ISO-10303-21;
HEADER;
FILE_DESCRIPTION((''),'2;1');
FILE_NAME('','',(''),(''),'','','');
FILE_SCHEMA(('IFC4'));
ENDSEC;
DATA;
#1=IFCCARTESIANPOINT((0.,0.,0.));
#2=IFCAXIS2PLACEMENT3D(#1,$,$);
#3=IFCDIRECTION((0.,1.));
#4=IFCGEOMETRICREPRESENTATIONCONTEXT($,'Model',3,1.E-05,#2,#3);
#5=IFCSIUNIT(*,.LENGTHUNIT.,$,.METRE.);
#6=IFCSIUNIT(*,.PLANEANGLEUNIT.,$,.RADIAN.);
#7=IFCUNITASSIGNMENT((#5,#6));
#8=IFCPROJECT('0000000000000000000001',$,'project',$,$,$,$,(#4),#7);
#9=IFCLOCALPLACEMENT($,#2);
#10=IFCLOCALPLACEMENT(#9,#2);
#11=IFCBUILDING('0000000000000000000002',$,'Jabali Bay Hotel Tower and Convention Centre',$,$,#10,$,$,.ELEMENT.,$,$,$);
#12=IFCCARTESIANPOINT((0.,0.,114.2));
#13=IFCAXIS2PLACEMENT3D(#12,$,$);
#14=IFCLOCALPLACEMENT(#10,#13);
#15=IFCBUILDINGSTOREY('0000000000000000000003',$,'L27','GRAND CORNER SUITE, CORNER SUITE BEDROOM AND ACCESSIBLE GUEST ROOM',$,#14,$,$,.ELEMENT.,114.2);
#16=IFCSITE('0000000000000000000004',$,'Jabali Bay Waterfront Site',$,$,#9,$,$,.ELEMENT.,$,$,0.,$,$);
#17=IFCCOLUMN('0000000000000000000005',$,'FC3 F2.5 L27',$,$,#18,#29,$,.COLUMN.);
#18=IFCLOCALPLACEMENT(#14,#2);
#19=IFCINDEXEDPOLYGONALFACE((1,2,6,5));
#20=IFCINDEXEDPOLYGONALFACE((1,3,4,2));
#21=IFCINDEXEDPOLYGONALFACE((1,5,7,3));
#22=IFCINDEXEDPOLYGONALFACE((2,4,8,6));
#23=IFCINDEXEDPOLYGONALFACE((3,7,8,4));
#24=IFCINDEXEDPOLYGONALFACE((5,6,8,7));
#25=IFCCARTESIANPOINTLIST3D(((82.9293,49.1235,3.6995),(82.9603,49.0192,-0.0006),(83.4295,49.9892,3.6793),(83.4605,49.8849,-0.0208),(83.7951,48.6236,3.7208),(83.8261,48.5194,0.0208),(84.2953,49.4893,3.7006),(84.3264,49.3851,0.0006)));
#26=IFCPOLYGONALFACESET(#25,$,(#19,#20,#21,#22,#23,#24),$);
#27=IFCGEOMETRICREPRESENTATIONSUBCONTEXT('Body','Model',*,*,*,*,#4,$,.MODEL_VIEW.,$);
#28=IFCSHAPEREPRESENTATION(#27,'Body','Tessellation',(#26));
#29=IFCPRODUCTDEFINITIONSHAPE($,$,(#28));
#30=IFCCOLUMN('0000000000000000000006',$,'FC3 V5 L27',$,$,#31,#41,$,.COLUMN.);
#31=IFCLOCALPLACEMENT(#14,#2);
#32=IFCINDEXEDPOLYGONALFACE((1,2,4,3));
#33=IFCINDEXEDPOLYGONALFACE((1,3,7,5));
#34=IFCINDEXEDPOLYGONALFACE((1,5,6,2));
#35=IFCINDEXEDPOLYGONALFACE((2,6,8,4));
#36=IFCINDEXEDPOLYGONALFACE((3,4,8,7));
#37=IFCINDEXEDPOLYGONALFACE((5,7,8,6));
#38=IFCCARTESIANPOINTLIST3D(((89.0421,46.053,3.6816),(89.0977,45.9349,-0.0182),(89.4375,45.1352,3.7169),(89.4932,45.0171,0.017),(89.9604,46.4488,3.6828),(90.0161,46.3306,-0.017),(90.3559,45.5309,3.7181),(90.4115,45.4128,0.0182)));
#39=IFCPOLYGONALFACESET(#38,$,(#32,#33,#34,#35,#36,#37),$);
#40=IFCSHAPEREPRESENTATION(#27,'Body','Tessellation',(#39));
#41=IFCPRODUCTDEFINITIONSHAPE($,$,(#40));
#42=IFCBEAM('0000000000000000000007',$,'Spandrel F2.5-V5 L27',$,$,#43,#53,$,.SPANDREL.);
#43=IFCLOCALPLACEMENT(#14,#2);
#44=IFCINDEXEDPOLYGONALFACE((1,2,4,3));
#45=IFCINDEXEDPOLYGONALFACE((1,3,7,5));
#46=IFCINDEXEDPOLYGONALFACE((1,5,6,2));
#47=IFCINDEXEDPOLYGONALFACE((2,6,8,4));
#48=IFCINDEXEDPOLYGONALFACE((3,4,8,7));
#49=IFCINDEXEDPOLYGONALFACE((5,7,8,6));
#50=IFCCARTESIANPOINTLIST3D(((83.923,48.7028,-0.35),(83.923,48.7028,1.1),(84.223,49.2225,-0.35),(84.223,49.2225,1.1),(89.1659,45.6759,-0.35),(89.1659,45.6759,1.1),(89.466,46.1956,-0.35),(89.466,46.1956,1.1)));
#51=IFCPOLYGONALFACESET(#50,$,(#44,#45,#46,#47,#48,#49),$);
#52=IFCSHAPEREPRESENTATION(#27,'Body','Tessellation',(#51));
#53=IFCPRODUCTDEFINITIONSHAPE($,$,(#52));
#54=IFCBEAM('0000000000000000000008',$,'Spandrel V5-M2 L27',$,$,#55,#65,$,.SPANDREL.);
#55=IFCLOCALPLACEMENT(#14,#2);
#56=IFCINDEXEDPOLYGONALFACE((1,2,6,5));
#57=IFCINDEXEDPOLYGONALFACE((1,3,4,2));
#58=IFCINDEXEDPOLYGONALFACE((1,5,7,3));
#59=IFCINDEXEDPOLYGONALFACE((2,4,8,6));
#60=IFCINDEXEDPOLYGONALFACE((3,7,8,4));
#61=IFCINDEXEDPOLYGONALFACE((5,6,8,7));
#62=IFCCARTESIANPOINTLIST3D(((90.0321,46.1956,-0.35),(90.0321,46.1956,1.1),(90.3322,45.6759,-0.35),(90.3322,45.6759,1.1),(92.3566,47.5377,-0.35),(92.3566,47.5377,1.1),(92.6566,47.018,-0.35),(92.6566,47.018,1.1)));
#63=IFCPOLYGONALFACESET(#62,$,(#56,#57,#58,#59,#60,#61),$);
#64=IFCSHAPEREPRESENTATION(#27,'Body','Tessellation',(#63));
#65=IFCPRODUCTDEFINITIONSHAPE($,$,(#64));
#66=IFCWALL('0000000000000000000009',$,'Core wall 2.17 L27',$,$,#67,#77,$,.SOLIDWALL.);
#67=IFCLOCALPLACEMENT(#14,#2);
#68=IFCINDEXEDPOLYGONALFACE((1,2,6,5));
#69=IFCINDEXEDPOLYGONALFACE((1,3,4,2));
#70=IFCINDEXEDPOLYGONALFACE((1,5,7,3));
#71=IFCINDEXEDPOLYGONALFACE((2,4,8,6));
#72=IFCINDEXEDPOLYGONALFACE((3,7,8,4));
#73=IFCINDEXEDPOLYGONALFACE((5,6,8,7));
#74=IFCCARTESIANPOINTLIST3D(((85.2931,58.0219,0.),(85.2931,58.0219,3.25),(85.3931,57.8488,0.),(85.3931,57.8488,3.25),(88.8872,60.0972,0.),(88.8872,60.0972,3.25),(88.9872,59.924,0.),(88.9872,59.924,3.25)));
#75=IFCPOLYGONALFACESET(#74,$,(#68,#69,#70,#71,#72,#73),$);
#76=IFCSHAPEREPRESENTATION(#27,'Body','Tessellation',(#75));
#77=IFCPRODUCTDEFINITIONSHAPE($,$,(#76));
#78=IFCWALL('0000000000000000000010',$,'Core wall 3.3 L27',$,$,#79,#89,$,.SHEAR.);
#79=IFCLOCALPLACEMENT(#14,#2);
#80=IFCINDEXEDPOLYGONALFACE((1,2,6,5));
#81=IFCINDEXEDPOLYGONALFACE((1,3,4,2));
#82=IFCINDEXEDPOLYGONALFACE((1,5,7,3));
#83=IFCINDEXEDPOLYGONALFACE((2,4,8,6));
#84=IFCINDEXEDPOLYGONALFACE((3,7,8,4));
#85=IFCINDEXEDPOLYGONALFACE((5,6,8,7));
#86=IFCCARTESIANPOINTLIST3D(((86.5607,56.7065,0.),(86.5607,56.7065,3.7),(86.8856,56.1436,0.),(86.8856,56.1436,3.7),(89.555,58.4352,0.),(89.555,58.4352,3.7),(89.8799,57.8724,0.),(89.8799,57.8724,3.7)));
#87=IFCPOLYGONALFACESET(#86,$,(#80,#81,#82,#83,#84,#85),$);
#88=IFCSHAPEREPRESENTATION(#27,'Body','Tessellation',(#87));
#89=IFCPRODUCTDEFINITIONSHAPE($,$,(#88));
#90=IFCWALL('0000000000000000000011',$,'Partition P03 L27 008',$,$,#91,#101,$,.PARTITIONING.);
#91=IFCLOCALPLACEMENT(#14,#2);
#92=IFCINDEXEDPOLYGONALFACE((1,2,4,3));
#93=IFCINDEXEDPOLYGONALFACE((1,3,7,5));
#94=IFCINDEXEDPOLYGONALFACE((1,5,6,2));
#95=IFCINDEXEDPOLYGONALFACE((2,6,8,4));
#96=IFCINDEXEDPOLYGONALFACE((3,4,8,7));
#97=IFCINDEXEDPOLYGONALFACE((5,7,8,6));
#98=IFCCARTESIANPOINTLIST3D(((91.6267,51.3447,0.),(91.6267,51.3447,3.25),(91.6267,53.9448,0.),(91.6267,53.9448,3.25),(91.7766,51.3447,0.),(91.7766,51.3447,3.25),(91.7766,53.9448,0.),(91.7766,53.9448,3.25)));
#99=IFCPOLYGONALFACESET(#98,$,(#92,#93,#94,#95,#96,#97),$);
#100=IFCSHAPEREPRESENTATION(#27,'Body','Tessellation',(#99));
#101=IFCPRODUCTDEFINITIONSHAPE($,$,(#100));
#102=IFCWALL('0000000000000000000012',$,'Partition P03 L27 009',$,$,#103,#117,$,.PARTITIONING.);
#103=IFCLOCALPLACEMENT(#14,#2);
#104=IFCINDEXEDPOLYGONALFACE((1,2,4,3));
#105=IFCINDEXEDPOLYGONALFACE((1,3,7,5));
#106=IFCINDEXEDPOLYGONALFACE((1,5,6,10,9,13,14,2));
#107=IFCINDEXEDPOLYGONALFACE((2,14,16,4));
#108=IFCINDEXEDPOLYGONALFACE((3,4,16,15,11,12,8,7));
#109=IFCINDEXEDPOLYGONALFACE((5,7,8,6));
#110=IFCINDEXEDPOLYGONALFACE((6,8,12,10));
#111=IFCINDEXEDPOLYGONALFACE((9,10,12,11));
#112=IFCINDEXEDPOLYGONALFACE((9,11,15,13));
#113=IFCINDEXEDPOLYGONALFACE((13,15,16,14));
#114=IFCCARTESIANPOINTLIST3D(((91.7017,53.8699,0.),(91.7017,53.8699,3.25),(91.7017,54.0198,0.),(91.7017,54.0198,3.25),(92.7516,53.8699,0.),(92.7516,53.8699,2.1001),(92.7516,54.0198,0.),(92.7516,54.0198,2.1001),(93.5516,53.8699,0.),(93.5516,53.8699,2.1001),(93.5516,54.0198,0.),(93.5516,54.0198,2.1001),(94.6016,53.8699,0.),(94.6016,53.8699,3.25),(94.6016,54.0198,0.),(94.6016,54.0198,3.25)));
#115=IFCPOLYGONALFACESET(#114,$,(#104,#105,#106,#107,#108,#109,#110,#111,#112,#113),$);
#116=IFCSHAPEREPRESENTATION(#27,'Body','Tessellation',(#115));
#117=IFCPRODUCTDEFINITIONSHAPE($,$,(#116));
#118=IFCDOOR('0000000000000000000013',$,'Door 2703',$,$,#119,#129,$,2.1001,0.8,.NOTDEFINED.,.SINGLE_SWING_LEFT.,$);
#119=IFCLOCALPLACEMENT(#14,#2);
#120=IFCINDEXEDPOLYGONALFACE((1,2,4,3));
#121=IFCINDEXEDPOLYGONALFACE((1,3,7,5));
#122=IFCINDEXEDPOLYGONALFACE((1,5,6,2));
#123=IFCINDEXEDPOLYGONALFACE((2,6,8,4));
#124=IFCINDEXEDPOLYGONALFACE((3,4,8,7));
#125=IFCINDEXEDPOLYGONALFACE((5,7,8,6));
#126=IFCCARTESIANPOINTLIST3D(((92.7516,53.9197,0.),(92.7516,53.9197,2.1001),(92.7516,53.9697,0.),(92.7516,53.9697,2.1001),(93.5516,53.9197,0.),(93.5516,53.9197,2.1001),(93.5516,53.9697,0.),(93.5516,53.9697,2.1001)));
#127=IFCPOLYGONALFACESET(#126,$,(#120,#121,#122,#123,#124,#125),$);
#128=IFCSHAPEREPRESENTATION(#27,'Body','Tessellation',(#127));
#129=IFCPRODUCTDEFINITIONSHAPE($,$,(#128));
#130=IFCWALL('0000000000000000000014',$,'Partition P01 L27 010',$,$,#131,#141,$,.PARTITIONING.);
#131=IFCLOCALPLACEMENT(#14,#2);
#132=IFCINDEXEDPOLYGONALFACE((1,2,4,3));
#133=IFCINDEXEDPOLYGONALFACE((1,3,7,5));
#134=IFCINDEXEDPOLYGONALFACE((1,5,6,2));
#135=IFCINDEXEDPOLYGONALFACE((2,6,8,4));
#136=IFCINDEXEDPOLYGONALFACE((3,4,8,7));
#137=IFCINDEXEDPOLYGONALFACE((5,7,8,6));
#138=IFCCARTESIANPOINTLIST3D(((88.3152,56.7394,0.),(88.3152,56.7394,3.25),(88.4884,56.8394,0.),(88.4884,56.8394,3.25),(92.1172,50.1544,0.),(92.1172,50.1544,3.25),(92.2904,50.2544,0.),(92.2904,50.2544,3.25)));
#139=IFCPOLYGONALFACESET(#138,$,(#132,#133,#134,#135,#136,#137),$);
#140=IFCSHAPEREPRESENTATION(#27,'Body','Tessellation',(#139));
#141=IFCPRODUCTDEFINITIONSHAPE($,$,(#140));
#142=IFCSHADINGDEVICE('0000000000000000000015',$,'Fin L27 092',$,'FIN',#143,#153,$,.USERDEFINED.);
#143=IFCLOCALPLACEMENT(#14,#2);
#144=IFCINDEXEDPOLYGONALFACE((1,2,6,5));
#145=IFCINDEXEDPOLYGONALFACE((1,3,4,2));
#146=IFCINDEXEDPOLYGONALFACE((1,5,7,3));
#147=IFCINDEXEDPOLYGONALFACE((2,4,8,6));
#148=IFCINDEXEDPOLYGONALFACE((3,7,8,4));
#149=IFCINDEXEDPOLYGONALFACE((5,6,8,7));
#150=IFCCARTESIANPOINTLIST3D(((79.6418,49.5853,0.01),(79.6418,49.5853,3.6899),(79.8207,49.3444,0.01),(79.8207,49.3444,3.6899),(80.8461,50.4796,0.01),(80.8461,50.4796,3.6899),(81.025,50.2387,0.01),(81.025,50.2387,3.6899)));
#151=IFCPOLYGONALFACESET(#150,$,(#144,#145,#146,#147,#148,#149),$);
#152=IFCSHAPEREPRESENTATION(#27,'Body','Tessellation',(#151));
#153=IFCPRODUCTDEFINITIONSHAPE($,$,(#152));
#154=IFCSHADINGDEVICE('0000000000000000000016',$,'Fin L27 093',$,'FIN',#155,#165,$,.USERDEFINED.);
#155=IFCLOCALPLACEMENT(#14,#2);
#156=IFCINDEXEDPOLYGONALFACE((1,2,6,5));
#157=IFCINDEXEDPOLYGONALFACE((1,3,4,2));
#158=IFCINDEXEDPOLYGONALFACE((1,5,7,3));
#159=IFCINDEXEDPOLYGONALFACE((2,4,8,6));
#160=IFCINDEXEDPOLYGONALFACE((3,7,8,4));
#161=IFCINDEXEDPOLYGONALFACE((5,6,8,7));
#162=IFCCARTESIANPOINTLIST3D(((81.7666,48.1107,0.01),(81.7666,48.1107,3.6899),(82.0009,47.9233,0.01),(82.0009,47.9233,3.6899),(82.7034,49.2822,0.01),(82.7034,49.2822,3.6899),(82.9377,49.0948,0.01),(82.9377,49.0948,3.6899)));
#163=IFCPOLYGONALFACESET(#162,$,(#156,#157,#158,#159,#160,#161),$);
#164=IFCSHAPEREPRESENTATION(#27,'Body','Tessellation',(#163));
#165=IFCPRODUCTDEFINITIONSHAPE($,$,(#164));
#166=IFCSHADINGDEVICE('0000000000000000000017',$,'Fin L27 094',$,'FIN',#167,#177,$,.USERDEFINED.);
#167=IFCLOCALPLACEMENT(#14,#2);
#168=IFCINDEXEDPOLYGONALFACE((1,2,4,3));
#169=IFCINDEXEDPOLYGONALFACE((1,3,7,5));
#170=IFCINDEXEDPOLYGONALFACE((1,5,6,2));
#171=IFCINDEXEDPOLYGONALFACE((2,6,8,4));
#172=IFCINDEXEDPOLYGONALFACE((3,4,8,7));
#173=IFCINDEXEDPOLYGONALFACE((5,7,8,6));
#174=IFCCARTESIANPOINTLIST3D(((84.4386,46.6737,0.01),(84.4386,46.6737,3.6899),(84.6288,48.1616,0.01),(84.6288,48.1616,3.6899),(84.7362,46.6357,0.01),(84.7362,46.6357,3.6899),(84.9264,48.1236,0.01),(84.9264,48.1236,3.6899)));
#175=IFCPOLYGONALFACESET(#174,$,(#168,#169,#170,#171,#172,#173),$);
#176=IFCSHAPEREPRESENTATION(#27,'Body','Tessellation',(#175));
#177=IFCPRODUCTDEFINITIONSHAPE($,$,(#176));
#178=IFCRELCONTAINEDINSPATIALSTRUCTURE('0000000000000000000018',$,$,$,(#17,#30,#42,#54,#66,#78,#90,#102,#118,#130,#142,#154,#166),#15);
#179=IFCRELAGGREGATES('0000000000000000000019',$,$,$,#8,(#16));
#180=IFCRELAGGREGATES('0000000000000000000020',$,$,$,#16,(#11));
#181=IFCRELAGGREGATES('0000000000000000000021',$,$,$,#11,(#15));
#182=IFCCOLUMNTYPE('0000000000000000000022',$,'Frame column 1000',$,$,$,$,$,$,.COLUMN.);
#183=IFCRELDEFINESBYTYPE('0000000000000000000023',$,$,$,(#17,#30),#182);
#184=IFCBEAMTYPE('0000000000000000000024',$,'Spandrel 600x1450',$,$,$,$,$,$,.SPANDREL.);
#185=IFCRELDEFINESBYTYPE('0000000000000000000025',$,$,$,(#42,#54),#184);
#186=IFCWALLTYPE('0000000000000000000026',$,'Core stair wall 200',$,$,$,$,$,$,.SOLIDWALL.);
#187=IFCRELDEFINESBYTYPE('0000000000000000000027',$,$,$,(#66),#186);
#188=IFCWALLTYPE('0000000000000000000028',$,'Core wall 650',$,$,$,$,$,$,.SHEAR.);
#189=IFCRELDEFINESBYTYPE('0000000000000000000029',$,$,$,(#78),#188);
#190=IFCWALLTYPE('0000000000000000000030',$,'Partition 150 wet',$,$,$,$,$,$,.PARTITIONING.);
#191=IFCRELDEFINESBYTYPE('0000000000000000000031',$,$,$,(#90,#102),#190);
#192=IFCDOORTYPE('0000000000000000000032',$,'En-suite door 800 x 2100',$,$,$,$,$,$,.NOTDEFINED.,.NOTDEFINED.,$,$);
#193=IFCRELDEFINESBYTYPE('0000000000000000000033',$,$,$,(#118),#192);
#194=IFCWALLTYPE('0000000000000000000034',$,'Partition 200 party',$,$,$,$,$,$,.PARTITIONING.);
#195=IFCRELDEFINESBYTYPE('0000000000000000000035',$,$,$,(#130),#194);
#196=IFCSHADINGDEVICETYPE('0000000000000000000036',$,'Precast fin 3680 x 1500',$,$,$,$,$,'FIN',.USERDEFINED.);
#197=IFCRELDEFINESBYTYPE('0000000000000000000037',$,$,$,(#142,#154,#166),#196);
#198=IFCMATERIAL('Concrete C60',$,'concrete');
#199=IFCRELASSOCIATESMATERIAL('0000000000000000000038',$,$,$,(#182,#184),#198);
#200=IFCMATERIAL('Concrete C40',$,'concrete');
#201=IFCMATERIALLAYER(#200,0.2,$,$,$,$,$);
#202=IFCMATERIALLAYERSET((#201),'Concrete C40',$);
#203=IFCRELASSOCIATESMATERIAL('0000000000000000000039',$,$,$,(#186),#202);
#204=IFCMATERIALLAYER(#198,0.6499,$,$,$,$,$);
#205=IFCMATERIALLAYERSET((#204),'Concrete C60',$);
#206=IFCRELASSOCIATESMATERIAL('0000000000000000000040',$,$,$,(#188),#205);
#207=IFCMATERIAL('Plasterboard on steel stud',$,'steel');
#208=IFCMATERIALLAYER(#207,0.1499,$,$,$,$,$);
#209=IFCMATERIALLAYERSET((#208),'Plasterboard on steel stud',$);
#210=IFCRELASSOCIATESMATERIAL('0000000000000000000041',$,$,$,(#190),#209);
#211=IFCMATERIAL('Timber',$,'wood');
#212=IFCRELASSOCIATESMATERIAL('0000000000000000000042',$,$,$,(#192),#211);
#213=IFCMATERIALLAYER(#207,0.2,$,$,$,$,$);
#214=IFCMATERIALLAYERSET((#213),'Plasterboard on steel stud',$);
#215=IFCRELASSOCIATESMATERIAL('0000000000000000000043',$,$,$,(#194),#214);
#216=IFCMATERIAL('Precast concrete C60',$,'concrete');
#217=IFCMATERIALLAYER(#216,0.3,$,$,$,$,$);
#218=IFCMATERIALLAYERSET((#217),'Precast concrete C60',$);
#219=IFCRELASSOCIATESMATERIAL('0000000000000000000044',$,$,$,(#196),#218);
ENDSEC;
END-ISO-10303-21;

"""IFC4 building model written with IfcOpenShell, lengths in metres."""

from ifc_helpers import new_model, si_unit, direction, frame, frame_2d, origin, origin_2d, place, context, subcontext, project, spatial, rectangle, extrude, material, layer, layer_set, material_profile, profile_set, type_object, element, fill, save


model = new_model("IFC4")

# Units and contexts
model_context = context("Model", 3, precision=1e-05, world=origin(), true_north=direction((0.0, 1.0)))
body_context = subcontext(model_context, "Body", "Model", "MODEL_VIEW")
ifc_project = project(units=[si_unit("LENGTHUNIT", "METRE"), si_unit("PLANEANGLEUNIT", "RADIAN")], contexts=[model_context])

# Site, building, storey
site_placement = place(None, origin())
site = spatial("IfcSite", under=ifc_project, at=site_placement, Name="Jabali Bay Waterfront Site", CompositionType="ELEMENT", RefElevation=0.0)
building_placement = place(site_placement, origin())
building = spatial("IfcBuilding", under=site, at=building_placement, Name="Jabali Bay Hotel Tower and Convention Centre", CompositionType="ELEMENT")
storey_placement = place(building_placement, frame((0.0, 0.0, 114.2)))
storey = spatial("IfcBuildingStorey", under=building, at=storey_placement, Name="L27", Description="GRAND CORNER SUITE, CORNER SUITE BEDROOM AND ACCESSIBLE GUEST ROOM", CompositionType="ELEMENT", Elevation=114.2)

# Columns
ifc_material_1 = material(Name="Concrete C60", Category="concrete")
ifc_material_profile_1 = material_profile(ifc_material_1, rectangle(XDim=1.0, YDim=1.0, at=origin_2d()), Name="Frame column 1000")
ifc_profile_set_1 = profile_set([ifc_material_profile_1], Name="Concrete C60")
column_type = type_object("IfcColumnType", Name="Frame column 1000", PredefinedType="COLUMN", material=ifc_profile_set_1)
column_1_placement = place(storey_placement, frame((83.6433, 49.2021, 0.0), z_axis=(-0.008376, 0.028163, 0.999568), x_axis=(-0.500232, -0.865656, 0.020198)))
element("IfcColumn", 1, at=column_1_placement, inside=storey, type_object=column_type, Name="FC3 F2.5 L27", PredefinedType="COLUMN", context=body_context, shape_type="SweptSolid", body=[
    extrude(rectangle(XDim=1.0, YDim=1.0, at=origin_2d()), origin(), (0.0, 0.0, 1.0), 3.7017),
])
column_2_placement = place(storey_placement, frame((89.7546, 45.6738, 0.0), z_axis=(-0.015035, 0.031917, 0.999377), x_axis=(0.395435, -0.917817, 0.035261)))
element("IfcColumn", 2, at=column_2_placement, inside=storey, type_object=column_type, Name="FC3 V5 L27", PredefinedType="COLUMN", context=body_context, shape_type="SweptSolid", body=[
    extrude(rectangle(XDim=1.0, YDim=1.0, at=origin_2d()), origin(), (0.0, 0.0, 1.0), 3.7021),
])

# Beams
ifc_material_profile_2 = material_profile(ifc_material_1, rectangle(XDim=0.6001, YDim=1.45, at=origin_2d()), Name="Spandrel 600x1450")
ifc_profile_set_2 = profile_set([ifc_material_profile_2], Name="Concrete C60")
beam_type = type_object("IfcBeamType", Name="Spandrel 600x1450", PredefinedType="SPANDREL", material=ifc_profile_set_2)
beam_1_placement = place(storey_placement, frame((84.073, 48.9626, 0.375), z_axis=(0.866036, -0.499982, 0.0), x_axis=(0.499982, 0.866036, 0.0)))
element("IfcBeam", 3, at=beam_1_placement, inside=storey, type_object=beam_type, Name="Spandrel F2.5-V5 L27", PredefinedType="SPANDREL", context=body_context, shape_type="SweptSolid", body=[
    extrude(rectangle(XDim=0.6001, YDim=1.45, at=origin_2d()), origin(), (0.0, 0.0, 1.0), 6.054),
])
beam_2_placement = place(storey_placement, frame((90.1821, 45.9358, 0.375), z_axis=(0.866024, 0.500003, 0.0), x_axis=(-0.500003, 0.866024, 0.0)))
element("IfcBeam", 4, at=beam_2_placement, inside=storey, type_object=beam_type, Name="Spandrel V5-M2 L27", PredefinedType="SPANDREL", context=body_context, shape_type="SweptSolid", body=[
    extrude(rectangle(XDim=0.6001, YDim=1.45, at=origin_2d()), origin(), (0.0, 0.0, 1.0), 2.6841),
])

# Walls
ifc_material_2 = material(Name="Concrete C40", Category="concrete")
ifc_layer_1 = layer(ifc_material_2, 0.2)
ifc_layer_set_1 = layer_set([ifc_layer_1], Name="Concrete C40")
wall_type_1 = type_object("IfcWallType", Name="Core stair wall 200", PredefinedType="SOLIDWALL", material=ifc_layer_set_1)
wall_1_placement = place(storey_placement, frame((85.343, 57.9353, 0.0), z_axis=(0.0, 0.0, 1.0), x_axis=(0.866004, 0.500036, 0.0)))
element("IfcWall", 5, at=wall_1_placement, inside=storey, type_object=wall_type_1, Name="Core wall 2.17 L27", PredefinedType="SOLIDWALL", context=body_context, shape_type="SweptSolid", body=[
    extrude(rectangle(XDim=4.1501, YDim=0.2, at=frame_2d((2.0752, 0.0))), origin(), (0.0, 0.0, 1.0), 3.25),
])
ifc_layer_2 = layer(ifc_material_1, 0.6499)
ifc_layer_set_2 = layer_set([ifc_layer_2], Name="Concrete C60")
wall_type_2 = type_object("IfcWallType", Name="Core wall 650", PredefinedType="SHEAR", material=ifc_layer_set_2)
wall_2_placement = place(storey_placement, frame((86.7231, 56.425, 0.0), z_axis=(0.0, 0.0, 1.0), x_axis=(0.866032, 0.499989, 0.0)))
element("IfcWall", 6, at=wall_2_placement, inside=storey, type_object=wall_type_2, Name="Core wall 3.3 L27", PredefinedType="SHEAR", context=body_context, shape_type="SweptSolid", body=[
    extrude(rectangle(XDim=3.4575, YDim=0.6499, at=frame_2d((1.7288, 0.0))), origin(), (0.0, 0.0, 1.0), 3.7),
])

# Wall
ifc_material_3 = material(Name="Plasterboard on steel stud", Category="steel")
ifc_layer_3 = layer(ifc_material_3, 0.1499)
ifc_layer_set_3 = layer_set([ifc_layer_3], Name="Plasterboard on steel stud")
wall_type_3 = type_object("IfcWallType", Name="Partition 150 wet", PredefinedType="PARTITIONING", material=ifc_layer_set_3)
wall_3_placement = place(storey_placement, frame((91.7017, 51.3447, 0.0), z_axis=(0.0, 0.0, 1.0), x_axis=(0.0, 1.0, 0.0)))
element("IfcWall", 7, at=wall_3_placement, inside=storey, type_object=wall_type_3, Name="Partition P03 L27 008", PredefinedType="PARTITIONING", context=body_context, shape_type="SweptSolid", body=[
    extrude(rectangle(XDim=2.6001, YDim=0.1499, at=frame_2d((1.3, 0.0))), origin(), (0.0, 0.0, 1.0), 3.25),
])

# Wall, opening, door
wall_4_placement = place(storey_placement, frame((91.7017, 53.9448, 0.0), z_axis=(0.0, 0.0, 1.0), x_axis=(1.0, 0.0, 0.0)))
wall_4 = element("IfcWall", 8, at=wall_4_placement, inside=storey, type_object=wall_type_3, Name="Partition P03 L27 009", PredefinedType="PARTITIONING", context=body_context, shape_type="SweptSolid", body=[
    extrude(rectangle(XDim=2.8999, YDim=0.1499, at=frame_2d((1.45, 0.0))), origin(), (0.0, 0.0, 1.0), 3.25),
])
opening_1_placement = place(wall_4_placement, frame((1.05, 0.0, 0.0)))
opening_1 = element("IfcOpeningElement", 9, at=opening_1_placement, cuts=wall_4, PredefinedType="OPENING", context=body_context, shape_type="SweptSolid", body=[
    extrude(rectangle(XDim=0.8, YDim=2.1001, at=frame_2d((0.3999, 1.05))), frame((0.0, 0.0854, 0.0), z_axis=(0.0, -1.0, 0.0), x_axis=(1.0, 0.0, 0.0)), (0.0, 0.0, 1.0), 0.1709),
])
ifc_material_4 = material(Name="Timber", Category="wood")
door_type_1 = type_object("IfcDoorType", Name="En-suite door 800 x 2100", OperationType="NOTDEFINED", PredefinedType="NOTDEFINED", material=ifc_material_4)
door_1_placement = place(opening_1_placement, origin())
door_1 = element("IfcDoor", 10, at=door_1_placement, inside=storey, type_object=door_type_1, Name="Door 2703", OperationType="SINGLE_SWING_LEFT", OverallHeight=2.1001, OverallWidth=0.8, PredefinedType="NOTDEFINED", context=body_context, shape_type="SweptSolid", body=[
    extrude(rectangle(XDim=0.8, YDim=2.1001, at=frame_2d((0.3999, 1.05))), frame((0.0, 0.0249, 0.0), z_axis=(0.0, -1.0, 0.0), x_axis=(1.0, 0.0, 0.0)), (0.0, 0.0, 1.0), 0.05),
])
fill(opening_1, door_1)

# Wall
ifc_layer_4 = layer(ifc_material_3, 0.2)
ifc_layer_set_4 = layer_set([ifc_layer_4], Name="Plasterboard on steel stud")
wall_type_4 = type_object("IfcWallType", Name="Partition 200 party", PredefinedType="PARTITIONING", material=ifc_layer_set_4)
wall_5_placement = place(storey_placement, frame((88.4019, 56.7893, 0.0), z_axis=(0.0, 0.0, 1.0), x_axis=(0.500017, -0.866016, 0.0)))
element("IfcWall", 11, at=wall_5_placement, inside=storey, type_object=wall_type_4, Name="Partition P01 L27 010", PredefinedType="PARTITIONING", context=body_context, shape_type="SweptSolid", body=[
    extrude(rectangle(XDim=7.6038, YDim=0.2, at=frame_2d((3.8018, 0.0))), origin(), (0.0, 0.0, 1.0), 3.25),
])

# Shading devices
ifc_material_5 = material(Name="Precast concrete C60", Category="concrete")
ifc_layer_5 = layer(ifc_material_5, 0.3)
ifc_layer_set_5 = layer_set([ifc_layer_5], Name="Precast concrete C60")
shading_device_type = type_object("IfcShadingDeviceType", Name="Precast fin 3680 x 1500", ElementType="FIN", PredefinedType="USERDEFINED", material=ifc_layer_set_5)
for number, where, z_axis, x_axis, name in (
    (12, (80.9355, 50.3591, 0.01), (0.0, 0.0, 1.0), (-0.802862, -0.596165, 0.0), "Fin L27 092"),
    (13, (82.8206, 49.1885, 0.01), (0.0, 0.0, 1.0), (-0.624556, -0.78098, 0.0), "Fin L27 093"),
    (14, (84.7776, 48.1426, 0.01), (0.0, 0.0, 1.0), (-0.126799, -0.991928, 0.0), "Fin L27 094"),
):
    element("IfcShadingDevice", number, at=place(storey_placement, frame(where, z_axis=z_axis, x_axis=x_axis)), inside=storey, type_object=shading_device_type, Name=name, ObjectType="FIN", PredefinedType="USERDEFINED", context=body_context, shape_type="SweptSolid", body=[
        extrude(rectangle(XDim=1.5, YDim=0.3, at=frame_2d((0.75, 0.0))), origin(), (0.0, 0.0, 1.0), 3.6799),
    ])

save(model, "model.ifc")
